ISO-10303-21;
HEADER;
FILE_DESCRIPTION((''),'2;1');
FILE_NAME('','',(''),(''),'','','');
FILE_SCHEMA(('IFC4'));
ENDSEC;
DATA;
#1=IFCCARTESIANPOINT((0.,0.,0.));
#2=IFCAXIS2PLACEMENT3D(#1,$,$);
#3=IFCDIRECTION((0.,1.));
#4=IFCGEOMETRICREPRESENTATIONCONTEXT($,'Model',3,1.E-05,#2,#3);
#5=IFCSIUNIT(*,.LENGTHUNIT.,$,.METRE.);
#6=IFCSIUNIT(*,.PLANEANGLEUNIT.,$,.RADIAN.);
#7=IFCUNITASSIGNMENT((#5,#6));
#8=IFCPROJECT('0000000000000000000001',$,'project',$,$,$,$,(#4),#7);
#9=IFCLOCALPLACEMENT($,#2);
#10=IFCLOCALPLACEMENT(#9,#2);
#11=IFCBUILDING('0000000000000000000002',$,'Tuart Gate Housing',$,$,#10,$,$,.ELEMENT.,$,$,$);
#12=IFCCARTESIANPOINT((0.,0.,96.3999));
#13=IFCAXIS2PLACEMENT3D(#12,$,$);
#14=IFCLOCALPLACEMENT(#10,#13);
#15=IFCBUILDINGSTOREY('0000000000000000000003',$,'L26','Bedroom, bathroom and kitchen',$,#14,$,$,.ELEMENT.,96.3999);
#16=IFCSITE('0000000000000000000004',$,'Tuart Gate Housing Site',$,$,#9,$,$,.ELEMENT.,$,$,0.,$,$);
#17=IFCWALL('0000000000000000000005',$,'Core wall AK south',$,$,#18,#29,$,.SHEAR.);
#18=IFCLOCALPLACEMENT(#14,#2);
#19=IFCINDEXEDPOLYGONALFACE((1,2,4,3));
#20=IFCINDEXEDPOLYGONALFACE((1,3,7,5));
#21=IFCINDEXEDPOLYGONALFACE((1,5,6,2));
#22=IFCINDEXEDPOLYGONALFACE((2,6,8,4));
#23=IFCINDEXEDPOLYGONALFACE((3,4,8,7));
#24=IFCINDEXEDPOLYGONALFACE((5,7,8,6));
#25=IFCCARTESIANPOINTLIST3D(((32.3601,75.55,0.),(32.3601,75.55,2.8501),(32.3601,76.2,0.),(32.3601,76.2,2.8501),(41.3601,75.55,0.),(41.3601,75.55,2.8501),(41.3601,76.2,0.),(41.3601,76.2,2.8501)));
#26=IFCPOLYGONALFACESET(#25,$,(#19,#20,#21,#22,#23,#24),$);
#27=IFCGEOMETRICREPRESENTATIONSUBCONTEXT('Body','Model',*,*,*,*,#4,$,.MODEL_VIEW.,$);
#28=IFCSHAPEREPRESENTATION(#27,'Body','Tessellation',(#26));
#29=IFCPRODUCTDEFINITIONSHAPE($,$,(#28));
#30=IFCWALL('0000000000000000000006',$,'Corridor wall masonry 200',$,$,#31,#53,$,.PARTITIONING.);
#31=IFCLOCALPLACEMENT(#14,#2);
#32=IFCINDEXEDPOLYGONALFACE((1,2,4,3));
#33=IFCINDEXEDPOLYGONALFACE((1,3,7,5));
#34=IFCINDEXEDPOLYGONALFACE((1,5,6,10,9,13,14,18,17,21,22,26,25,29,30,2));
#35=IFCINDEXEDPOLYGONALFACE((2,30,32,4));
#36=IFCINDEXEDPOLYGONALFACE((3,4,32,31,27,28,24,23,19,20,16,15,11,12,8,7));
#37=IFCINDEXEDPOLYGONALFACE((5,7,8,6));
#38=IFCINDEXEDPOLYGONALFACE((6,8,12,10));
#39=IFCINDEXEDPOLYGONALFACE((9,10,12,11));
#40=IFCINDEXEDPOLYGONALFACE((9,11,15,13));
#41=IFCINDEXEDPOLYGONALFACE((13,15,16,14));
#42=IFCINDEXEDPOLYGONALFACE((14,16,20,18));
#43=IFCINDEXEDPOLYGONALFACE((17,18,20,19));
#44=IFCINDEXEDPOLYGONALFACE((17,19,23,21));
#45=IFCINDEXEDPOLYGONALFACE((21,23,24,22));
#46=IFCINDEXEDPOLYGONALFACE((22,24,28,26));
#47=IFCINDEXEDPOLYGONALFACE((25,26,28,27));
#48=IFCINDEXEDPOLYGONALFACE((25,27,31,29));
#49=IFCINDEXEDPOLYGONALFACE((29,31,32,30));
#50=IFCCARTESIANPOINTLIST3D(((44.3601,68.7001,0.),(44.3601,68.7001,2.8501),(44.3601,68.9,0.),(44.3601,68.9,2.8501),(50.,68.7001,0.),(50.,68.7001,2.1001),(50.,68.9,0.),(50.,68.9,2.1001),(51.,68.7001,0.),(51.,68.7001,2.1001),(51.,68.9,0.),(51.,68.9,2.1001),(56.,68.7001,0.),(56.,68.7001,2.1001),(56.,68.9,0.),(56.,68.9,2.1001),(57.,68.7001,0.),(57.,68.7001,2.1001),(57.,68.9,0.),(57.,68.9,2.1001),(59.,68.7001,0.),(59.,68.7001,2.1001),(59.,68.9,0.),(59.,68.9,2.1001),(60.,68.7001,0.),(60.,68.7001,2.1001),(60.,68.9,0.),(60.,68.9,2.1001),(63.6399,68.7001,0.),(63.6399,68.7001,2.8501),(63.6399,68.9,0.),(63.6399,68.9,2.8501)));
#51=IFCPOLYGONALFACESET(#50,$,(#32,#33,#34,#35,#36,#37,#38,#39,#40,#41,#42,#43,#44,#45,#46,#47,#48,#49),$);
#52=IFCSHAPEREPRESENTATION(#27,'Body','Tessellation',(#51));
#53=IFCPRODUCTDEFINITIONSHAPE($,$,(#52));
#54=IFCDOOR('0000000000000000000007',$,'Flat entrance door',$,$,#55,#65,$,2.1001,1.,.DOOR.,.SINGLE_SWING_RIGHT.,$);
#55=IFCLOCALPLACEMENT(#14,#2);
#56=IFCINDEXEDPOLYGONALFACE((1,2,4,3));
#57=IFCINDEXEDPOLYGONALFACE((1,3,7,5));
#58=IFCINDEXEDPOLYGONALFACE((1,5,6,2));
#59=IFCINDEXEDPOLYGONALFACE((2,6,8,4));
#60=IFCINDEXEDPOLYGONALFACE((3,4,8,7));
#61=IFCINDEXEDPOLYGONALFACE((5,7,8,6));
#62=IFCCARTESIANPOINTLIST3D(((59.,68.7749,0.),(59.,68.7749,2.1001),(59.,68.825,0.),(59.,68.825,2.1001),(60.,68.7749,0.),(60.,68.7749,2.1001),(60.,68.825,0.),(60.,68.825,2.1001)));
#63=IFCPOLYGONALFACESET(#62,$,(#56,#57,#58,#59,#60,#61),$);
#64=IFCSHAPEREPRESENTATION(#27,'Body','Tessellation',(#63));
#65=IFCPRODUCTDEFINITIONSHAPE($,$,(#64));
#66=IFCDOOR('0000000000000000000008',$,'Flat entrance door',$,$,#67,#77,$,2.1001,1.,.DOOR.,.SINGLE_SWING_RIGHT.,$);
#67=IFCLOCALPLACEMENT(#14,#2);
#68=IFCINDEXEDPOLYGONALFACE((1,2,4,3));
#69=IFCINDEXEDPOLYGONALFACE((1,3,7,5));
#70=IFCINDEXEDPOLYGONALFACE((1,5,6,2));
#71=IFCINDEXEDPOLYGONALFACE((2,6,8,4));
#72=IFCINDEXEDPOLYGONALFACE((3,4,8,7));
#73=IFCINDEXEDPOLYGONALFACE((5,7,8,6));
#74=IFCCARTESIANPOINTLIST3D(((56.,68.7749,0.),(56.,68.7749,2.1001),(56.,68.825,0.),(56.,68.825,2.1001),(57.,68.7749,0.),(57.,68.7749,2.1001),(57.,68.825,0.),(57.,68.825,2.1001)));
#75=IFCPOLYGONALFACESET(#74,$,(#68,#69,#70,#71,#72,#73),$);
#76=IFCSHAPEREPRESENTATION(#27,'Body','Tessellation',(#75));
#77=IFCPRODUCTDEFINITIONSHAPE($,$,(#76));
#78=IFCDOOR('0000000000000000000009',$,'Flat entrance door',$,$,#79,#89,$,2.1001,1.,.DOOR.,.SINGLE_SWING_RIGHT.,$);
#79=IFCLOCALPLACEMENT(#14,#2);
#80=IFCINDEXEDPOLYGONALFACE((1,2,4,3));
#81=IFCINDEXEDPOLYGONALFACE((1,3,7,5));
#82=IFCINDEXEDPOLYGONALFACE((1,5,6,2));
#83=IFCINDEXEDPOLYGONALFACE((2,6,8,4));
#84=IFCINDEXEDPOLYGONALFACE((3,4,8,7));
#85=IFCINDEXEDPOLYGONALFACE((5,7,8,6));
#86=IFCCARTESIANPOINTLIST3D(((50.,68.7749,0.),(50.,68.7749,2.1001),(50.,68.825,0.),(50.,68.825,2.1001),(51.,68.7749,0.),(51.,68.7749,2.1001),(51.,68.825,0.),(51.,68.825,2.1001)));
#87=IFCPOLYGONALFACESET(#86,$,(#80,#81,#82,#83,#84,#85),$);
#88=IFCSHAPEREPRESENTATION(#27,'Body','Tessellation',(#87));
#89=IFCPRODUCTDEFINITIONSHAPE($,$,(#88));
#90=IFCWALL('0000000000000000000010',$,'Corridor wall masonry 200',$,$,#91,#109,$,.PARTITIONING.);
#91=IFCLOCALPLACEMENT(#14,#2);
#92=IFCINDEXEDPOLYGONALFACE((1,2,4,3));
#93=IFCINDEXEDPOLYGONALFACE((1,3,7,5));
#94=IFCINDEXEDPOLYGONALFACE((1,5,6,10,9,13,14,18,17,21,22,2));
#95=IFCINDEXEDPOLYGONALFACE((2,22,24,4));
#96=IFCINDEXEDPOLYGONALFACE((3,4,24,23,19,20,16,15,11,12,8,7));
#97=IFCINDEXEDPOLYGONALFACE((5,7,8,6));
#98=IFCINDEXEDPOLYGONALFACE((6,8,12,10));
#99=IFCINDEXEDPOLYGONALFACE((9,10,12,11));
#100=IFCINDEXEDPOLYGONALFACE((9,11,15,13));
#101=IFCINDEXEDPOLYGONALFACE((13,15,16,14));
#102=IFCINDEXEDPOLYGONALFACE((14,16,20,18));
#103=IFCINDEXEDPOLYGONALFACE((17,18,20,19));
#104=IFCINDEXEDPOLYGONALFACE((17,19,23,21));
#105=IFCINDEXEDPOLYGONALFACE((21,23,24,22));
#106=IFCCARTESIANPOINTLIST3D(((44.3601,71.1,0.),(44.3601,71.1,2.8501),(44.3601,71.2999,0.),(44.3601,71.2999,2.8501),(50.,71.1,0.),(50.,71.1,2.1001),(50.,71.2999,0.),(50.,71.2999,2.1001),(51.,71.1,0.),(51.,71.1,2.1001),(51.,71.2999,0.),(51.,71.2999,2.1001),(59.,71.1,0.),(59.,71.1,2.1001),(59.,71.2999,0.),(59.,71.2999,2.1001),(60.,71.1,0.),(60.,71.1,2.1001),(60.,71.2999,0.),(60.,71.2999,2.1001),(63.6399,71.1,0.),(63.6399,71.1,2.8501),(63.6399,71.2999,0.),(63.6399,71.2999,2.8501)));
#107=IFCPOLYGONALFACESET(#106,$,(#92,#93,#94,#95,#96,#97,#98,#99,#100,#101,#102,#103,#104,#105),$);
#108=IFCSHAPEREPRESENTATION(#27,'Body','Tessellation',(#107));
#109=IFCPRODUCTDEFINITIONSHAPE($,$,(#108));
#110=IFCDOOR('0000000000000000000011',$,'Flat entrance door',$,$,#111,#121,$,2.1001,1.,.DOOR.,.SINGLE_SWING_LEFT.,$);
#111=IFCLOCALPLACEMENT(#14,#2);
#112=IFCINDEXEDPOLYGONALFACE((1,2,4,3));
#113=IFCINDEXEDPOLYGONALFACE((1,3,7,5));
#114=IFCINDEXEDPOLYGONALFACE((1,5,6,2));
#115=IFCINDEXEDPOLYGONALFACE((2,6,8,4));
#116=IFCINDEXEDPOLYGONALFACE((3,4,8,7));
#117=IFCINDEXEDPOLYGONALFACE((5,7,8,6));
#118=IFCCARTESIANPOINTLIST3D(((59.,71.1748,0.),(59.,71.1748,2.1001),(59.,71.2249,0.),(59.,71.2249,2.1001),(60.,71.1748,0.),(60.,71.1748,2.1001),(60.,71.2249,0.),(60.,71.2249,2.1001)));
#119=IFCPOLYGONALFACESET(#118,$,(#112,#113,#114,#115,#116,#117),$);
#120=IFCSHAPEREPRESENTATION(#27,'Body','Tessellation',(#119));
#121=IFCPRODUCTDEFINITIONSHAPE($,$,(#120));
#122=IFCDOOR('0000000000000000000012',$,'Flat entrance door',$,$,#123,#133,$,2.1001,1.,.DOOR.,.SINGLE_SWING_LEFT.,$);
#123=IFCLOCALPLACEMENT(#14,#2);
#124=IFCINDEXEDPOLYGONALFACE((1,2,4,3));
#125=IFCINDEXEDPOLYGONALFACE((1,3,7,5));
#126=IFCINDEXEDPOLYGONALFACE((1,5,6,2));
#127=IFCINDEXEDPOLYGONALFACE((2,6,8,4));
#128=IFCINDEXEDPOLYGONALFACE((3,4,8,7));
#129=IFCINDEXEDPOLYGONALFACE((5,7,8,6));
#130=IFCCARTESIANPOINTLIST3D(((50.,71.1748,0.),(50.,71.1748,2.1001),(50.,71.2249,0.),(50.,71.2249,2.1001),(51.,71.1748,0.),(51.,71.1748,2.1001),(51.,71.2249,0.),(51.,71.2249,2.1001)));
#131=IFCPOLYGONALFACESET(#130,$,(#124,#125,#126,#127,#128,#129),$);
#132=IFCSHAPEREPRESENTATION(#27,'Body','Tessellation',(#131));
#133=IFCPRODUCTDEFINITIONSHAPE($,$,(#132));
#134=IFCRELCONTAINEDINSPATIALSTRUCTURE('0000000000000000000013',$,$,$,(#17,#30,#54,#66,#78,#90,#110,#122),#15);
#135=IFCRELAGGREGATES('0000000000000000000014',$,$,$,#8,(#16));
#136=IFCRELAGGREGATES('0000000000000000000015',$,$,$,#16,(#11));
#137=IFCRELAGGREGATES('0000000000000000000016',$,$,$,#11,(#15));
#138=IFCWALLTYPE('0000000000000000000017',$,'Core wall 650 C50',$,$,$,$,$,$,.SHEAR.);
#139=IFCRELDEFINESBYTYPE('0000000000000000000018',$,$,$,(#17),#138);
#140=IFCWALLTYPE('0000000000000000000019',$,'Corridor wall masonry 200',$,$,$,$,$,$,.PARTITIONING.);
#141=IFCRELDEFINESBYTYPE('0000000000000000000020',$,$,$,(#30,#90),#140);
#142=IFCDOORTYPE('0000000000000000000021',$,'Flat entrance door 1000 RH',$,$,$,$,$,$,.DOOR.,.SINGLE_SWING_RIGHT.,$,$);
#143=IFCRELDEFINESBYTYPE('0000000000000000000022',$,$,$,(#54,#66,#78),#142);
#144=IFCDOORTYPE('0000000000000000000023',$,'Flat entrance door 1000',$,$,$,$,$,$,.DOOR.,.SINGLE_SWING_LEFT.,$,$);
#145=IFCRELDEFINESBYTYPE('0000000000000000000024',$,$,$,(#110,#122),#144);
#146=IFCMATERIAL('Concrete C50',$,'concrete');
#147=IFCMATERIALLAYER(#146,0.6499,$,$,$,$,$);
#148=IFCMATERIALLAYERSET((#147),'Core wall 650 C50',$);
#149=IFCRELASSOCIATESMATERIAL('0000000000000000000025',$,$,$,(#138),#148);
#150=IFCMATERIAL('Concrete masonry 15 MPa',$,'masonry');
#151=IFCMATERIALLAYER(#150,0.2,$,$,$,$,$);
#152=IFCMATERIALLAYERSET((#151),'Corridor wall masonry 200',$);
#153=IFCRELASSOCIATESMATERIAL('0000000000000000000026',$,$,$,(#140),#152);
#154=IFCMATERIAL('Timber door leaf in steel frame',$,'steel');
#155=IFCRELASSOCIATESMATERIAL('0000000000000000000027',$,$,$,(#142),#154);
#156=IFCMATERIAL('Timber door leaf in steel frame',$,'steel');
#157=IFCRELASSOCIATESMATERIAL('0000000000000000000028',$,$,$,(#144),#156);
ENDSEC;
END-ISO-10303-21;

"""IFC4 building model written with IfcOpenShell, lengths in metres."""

from ifc_helpers import new_model, si_unit, direction, frame, frame_2d, origin, place, context, subcontext, project, spatial, rectangle, extrude, material, layer, layer_set, type_object, element, fill, save


model = new_model("IFC4")

# Units and contexts
model_context = context("Model", 3, precision=1e-05, world=origin(), true_north=direction((0.0, 1.0)))
body_context = subcontext(model_context, "Body", "Model", "MODEL_VIEW")
ifc_project = project(units=[si_unit("LENGTHUNIT", "METRE"), si_unit("PLANEANGLEUNIT", "RADIAN")], contexts=[model_context])

# Site, building, storey
site_placement = place(None, origin())
site = spatial("IfcSite", under=ifc_project, at=site_placement, Name="Tuart Gate Housing Site", CompositionType="ELEMENT", RefElevation=0.0)
building_placement = place(site_placement, origin())
building = spatial("IfcBuilding", under=site, at=building_placement, Name="Tuart Gate Housing", CompositionType="ELEMENT")
storey_placement = place(building_placement, frame((0.0, 0.0, 96.3999)))
storey = spatial("IfcBuildingStorey", under=building, at=storey_placement, Name="L26", Description="Bedroom, bathroom and kitchen", CompositionType="ELEMENT", Elevation=96.3999)

# Shared definitions
ifc_material_1 = material(Name="Concrete C50", Category="concrete")
ifc_layer_1 = layer(ifc_material_1, 0.6499)
ifc_layer_set_1 = layer_set([ifc_layer_1], Name="Core wall 650 C50")
wall_type_1 = type_object("IfcWallType", Name="Core wall 650 C50", PredefinedType="SHEAR", material=ifc_layer_set_1)

# Wall
wall_1_placement = place(storey_placement, frame((41.3601, 75.875, 0.0), z_axis=(0.0, 0.0, 1.0), x_axis=(-1.0, 0.0, 0.0)))
element("IfcWall", 1, at=wall_1_placement, inside=storey, type_object=wall_type_1, Name="Core wall AK south", PredefinedType="SHEAR", context=body_context, shape_type="SweptSolid", body=[
    extrude(rectangle(XDim=9.0, YDim=0.6499, at=frame_2d((4.5, 0.0))), origin(), (0.0, 0.0, 1.0), 2.8501),
])

# Walls, openings, doors
ifc_material_2 = material(Name="Concrete masonry 15 MPa", Category="masonry")
ifc_layer_2 = layer(ifc_material_2, 0.2)
ifc_layer_set_2 = layer_set([ifc_layer_2], Name="Corridor wall masonry 200")
wall_type_2 = type_object("IfcWallType", Name="Corridor wall masonry 200", PredefinedType="PARTITIONING", material=ifc_layer_set_2)
wall_2_placement = place(storey_placement, frame((44.3601, 68.8, 0.0), z_axis=(0.0, 0.0, 1.0), x_axis=(1.0, 0.0, 0.0)))
wall_2 = element("IfcWall", 2, at=wall_2_placement, inside=storey, type_object=wall_type_2, Name="Corridor wall masonry 200", PredefinedType="PARTITIONING", context=body_context, shape_type="SweptSolid", body=[
    extrude(rectangle(XDim=19.2798, YDim=0.2, at=frame_2d((9.6399, 0.0))), origin(), (0.0, 0.0, 1.0), 2.8501),
])
opening_1_placement = place(wall_2_placement, frame((14.6399, 0.0, 0.0)))
opening_1 = element("IfcOpeningElement", 3, at=opening_1_placement, cuts=wall_2, PredefinedType="OPENING", context=body_context, shape_type="SweptSolid", body=[
    extrude(rectangle(XDim=1.0, YDim=2.1001, at=frame_2d((0.5, 1.05))), frame((0.0, 0.1099, 0.0), z_axis=(0.0, -1.0, 0.0), x_axis=(1.0, 0.0, 0.0)), (0.0, 0.0, 1.0), 0.22),
])
opening_2_placement = place(wall_2_placement, frame((11.6399, 0.0, 0.0)))
opening_2 = element("IfcOpeningElement", 4, at=opening_2_placement, cuts=wall_2, PredefinedType="OPENING", context=body_context, shape_type="SweptSolid", body=[
    extrude(rectangle(XDim=1.0, YDim=2.1001, at=frame_2d((0.5, 1.05))), frame((0.0, 0.1099, 0.0), z_axis=(0.0, -1.0, 0.0), x_axis=(1.0, 0.0, 0.0)), (0.0, 0.0, 1.0), 0.22),
])
opening_3_placement = place(wall_2_placement, frame((5.6399, 0.0, 0.0)))
opening_3 = element("IfcOpeningElement", 5, at=opening_3_placement, cuts=wall_2, PredefinedType="OPENING", context=body_context, shape_type="SweptSolid", body=[
    extrude(rectangle(XDim=1.0, YDim=2.1001, at=frame_2d((0.5, 1.05))), frame((0.0, 0.1099, 0.0), z_axis=(0.0, -1.0, 0.0), x_axis=(1.0, 0.0, 0.0)), (0.0, 0.0, 1.0), 0.22),
])
ifc_material_3 = material(Name="Timber door leaf in steel frame", Category="steel")
door_type_1 = type_object("IfcDoorType", Name="Flat entrance door 1000 RH", OperationType="SINGLE_SWING_RIGHT", PredefinedType="DOOR", material=ifc_material_3)
door_1_placement = place(opening_1_placement, frame((1.0, 0.0, 0.0), z_axis=(0.0, 0.0, 1.0), x_axis=(-1.0, 0.0, 0.0)))
door_1 = element("IfcDoor", 6, at=door_1_placement, inside=storey, type_object=door_type_1, Name="Flat entrance door", OperationType="SINGLE_SWING_RIGHT", OverallHeight=2.1001, OverallWidth=1.0, PredefinedType="DOOR", context=body_context, shape_type="SweptSolid", body=[
    extrude(rectangle(XDim=1.0, YDim=2.1001, at=frame_2d((0.5, 1.05))), frame((0.0, 0.0251, 0.0), z_axis=(0.0, -1.0, 0.0), x_axis=(1.0, 0.0, 0.0)), (0.0, 0.0, 1.0), 0.05),
])
fill(opening_1, door_1)
door_2_placement = place(opening_2_placement, frame((1.0, 0.0, 0.0), z_axis=(0.0, 0.0, 1.0), x_axis=(-1.0, 0.0, 0.0)))
door_2 = element("IfcDoor", 7, at=door_2_placement, inside=storey, type_object=door_type_1, Name="Flat entrance door", OperationType="SINGLE_SWING_RIGHT", OverallHeight=2.1001, OverallWidth=1.0, PredefinedType="DOOR", context=body_context, shape_type="SweptSolid", body=[
    extrude(rectangle(XDim=1.0, YDim=2.1001, at=frame_2d((0.5, 1.05))), frame((0.0, 0.0251, 0.0), z_axis=(0.0, -1.0, 0.0), x_axis=(1.0, 0.0, 0.0)), (0.0, 0.0, 1.0), 0.05),
])
fill(opening_2, door_2)
door_3_placement = place(opening_3_placement, frame((1.0, 0.0, 0.0), z_axis=(0.0, 0.0, 1.0), x_axis=(-1.0, 0.0, 0.0)))
door_3 = element("IfcDoor", 8, at=door_3_placement, inside=storey, type_object=door_type_1, Name="Flat entrance door", OperationType="SINGLE_SWING_RIGHT", OverallHeight=2.1001, OverallWidth=1.0, PredefinedType="DOOR", context=body_context, shape_type="SweptSolid", body=[
    extrude(rectangle(XDim=1.0, YDim=2.1001, at=frame_2d((0.5, 1.05))), frame((0.0, 0.0251, 0.0), z_axis=(0.0, -1.0, 0.0), x_axis=(1.0, 0.0, 0.0)), (0.0, 0.0, 1.0), 0.05),
])
fill(opening_3, door_3)
wall_3_placement = place(storey_placement, frame((44.3601, 71.2, 0.0), z_axis=(0.0, 0.0, 1.0), x_axis=(1.0, 0.0, 0.0)))
wall_3 = element("IfcWall", 9, at=wall_3_placement, inside=storey, type_object=wall_type_2, Name="Corridor wall masonry 200", PredefinedType="PARTITIONING", context=body_context, shape_type="SweptSolid", body=[
    extrude(rectangle(XDim=19.2798, YDim=0.2, at=frame_2d((9.6399, 0.0))), origin(), (0.0, 0.0, 1.0), 2.8501),
])
opening_4_placement = place(wall_3_placement, frame((14.6399, 0.0, 0.0)))
opening_4 = element("IfcOpeningElement", 10, at=opening_4_placement, cuts=wall_3, PredefinedType="OPENING", context=body_context, shape_type="SweptSolid", body=[
    extrude(rectangle(XDim=1.0, YDim=2.1001, at=frame_2d((0.5, 1.05))), frame((0.0, 0.1099, 0.0), z_axis=(0.0, -1.0, 0.0), x_axis=(1.0, 0.0, 0.0)), (0.0, 0.0, 1.0), 0.22),
])
opening_5_placement = place(wall_3_placement, frame((5.6399, 0.0, 0.0)))
opening_5 = element("IfcOpeningElement", 11, at=opening_5_placement, cuts=wall_3, PredefinedType="OPENING", context=body_context, shape_type="SweptSolid", body=[
    extrude(rectangle(XDim=1.0, YDim=2.1001, at=frame_2d((0.5, 1.05))), frame((0.0, 0.1099, 0.0), z_axis=(0.0, -1.0, 0.0), x_axis=(1.0, 0.0, 0.0)), (0.0, 0.0, 1.0), 0.22),
])
ifc_material_4 = material(Name="Timber door leaf in steel frame", Category="steel")
door_type_2 = type_object("IfcDoorType", Name="Flat entrance door 1000", OperationType="SINGLE_SWING_LEFT", PredefinedType="DOOR", material=ifc_material_4)
door_4_placement = place(opening_4_placement, origin())
door_4 = element("IfcDoor", 12, at=door_4_placement, inside=storey, type_object=door_type_2, Name="Flat entrance door", OperationType="SINGLE_SWING_LEFT", OverallHeight=2.1001, OverallWidth=1.0, PredefinedType="DOOR", context=body_context, shape_type="SweptSolid", body=[
    extrude(rectangle(XDim=1.0, YDim=2.1001, at=frame_2d((0.5, 1.05))), frame((0.0, 0.0249, 0.0), z_axis=(0.0, -1.0, 0.0), x_axis=(1.0, 0.0, 0.0)), (0.0, 0.0, 1.0), 0.05),
])
fill(opening_4, door_4)
door_5_placement = place(opening_5_placement, origin())
door_5 = element("IfcDoor", 13, at=door_5_placement, inside=storey, type_object=door_type_2, Name="Flat entrance door", OperationType="SINGLE_SWING_LEFT", OverallHeight=2.1001, OverallWidth=1.0, PredefinedType="DOOR", context=body_context, shape_type="SweptSolid", body=[
    extrude(rectangle(XDim=1.0, YDim=2.1001, at=frame_2d((0.5, 1.05))), frame((0.0, 0.0249, 0.0), z_axis=(0.0, -1.0, 0.0), x_axis=(1.0, 0.0, 0.0)), (0.0, 0.0, 1.0), 0.05),
])
fill(opening_5, door_5)

save(model, "model.ifc")
